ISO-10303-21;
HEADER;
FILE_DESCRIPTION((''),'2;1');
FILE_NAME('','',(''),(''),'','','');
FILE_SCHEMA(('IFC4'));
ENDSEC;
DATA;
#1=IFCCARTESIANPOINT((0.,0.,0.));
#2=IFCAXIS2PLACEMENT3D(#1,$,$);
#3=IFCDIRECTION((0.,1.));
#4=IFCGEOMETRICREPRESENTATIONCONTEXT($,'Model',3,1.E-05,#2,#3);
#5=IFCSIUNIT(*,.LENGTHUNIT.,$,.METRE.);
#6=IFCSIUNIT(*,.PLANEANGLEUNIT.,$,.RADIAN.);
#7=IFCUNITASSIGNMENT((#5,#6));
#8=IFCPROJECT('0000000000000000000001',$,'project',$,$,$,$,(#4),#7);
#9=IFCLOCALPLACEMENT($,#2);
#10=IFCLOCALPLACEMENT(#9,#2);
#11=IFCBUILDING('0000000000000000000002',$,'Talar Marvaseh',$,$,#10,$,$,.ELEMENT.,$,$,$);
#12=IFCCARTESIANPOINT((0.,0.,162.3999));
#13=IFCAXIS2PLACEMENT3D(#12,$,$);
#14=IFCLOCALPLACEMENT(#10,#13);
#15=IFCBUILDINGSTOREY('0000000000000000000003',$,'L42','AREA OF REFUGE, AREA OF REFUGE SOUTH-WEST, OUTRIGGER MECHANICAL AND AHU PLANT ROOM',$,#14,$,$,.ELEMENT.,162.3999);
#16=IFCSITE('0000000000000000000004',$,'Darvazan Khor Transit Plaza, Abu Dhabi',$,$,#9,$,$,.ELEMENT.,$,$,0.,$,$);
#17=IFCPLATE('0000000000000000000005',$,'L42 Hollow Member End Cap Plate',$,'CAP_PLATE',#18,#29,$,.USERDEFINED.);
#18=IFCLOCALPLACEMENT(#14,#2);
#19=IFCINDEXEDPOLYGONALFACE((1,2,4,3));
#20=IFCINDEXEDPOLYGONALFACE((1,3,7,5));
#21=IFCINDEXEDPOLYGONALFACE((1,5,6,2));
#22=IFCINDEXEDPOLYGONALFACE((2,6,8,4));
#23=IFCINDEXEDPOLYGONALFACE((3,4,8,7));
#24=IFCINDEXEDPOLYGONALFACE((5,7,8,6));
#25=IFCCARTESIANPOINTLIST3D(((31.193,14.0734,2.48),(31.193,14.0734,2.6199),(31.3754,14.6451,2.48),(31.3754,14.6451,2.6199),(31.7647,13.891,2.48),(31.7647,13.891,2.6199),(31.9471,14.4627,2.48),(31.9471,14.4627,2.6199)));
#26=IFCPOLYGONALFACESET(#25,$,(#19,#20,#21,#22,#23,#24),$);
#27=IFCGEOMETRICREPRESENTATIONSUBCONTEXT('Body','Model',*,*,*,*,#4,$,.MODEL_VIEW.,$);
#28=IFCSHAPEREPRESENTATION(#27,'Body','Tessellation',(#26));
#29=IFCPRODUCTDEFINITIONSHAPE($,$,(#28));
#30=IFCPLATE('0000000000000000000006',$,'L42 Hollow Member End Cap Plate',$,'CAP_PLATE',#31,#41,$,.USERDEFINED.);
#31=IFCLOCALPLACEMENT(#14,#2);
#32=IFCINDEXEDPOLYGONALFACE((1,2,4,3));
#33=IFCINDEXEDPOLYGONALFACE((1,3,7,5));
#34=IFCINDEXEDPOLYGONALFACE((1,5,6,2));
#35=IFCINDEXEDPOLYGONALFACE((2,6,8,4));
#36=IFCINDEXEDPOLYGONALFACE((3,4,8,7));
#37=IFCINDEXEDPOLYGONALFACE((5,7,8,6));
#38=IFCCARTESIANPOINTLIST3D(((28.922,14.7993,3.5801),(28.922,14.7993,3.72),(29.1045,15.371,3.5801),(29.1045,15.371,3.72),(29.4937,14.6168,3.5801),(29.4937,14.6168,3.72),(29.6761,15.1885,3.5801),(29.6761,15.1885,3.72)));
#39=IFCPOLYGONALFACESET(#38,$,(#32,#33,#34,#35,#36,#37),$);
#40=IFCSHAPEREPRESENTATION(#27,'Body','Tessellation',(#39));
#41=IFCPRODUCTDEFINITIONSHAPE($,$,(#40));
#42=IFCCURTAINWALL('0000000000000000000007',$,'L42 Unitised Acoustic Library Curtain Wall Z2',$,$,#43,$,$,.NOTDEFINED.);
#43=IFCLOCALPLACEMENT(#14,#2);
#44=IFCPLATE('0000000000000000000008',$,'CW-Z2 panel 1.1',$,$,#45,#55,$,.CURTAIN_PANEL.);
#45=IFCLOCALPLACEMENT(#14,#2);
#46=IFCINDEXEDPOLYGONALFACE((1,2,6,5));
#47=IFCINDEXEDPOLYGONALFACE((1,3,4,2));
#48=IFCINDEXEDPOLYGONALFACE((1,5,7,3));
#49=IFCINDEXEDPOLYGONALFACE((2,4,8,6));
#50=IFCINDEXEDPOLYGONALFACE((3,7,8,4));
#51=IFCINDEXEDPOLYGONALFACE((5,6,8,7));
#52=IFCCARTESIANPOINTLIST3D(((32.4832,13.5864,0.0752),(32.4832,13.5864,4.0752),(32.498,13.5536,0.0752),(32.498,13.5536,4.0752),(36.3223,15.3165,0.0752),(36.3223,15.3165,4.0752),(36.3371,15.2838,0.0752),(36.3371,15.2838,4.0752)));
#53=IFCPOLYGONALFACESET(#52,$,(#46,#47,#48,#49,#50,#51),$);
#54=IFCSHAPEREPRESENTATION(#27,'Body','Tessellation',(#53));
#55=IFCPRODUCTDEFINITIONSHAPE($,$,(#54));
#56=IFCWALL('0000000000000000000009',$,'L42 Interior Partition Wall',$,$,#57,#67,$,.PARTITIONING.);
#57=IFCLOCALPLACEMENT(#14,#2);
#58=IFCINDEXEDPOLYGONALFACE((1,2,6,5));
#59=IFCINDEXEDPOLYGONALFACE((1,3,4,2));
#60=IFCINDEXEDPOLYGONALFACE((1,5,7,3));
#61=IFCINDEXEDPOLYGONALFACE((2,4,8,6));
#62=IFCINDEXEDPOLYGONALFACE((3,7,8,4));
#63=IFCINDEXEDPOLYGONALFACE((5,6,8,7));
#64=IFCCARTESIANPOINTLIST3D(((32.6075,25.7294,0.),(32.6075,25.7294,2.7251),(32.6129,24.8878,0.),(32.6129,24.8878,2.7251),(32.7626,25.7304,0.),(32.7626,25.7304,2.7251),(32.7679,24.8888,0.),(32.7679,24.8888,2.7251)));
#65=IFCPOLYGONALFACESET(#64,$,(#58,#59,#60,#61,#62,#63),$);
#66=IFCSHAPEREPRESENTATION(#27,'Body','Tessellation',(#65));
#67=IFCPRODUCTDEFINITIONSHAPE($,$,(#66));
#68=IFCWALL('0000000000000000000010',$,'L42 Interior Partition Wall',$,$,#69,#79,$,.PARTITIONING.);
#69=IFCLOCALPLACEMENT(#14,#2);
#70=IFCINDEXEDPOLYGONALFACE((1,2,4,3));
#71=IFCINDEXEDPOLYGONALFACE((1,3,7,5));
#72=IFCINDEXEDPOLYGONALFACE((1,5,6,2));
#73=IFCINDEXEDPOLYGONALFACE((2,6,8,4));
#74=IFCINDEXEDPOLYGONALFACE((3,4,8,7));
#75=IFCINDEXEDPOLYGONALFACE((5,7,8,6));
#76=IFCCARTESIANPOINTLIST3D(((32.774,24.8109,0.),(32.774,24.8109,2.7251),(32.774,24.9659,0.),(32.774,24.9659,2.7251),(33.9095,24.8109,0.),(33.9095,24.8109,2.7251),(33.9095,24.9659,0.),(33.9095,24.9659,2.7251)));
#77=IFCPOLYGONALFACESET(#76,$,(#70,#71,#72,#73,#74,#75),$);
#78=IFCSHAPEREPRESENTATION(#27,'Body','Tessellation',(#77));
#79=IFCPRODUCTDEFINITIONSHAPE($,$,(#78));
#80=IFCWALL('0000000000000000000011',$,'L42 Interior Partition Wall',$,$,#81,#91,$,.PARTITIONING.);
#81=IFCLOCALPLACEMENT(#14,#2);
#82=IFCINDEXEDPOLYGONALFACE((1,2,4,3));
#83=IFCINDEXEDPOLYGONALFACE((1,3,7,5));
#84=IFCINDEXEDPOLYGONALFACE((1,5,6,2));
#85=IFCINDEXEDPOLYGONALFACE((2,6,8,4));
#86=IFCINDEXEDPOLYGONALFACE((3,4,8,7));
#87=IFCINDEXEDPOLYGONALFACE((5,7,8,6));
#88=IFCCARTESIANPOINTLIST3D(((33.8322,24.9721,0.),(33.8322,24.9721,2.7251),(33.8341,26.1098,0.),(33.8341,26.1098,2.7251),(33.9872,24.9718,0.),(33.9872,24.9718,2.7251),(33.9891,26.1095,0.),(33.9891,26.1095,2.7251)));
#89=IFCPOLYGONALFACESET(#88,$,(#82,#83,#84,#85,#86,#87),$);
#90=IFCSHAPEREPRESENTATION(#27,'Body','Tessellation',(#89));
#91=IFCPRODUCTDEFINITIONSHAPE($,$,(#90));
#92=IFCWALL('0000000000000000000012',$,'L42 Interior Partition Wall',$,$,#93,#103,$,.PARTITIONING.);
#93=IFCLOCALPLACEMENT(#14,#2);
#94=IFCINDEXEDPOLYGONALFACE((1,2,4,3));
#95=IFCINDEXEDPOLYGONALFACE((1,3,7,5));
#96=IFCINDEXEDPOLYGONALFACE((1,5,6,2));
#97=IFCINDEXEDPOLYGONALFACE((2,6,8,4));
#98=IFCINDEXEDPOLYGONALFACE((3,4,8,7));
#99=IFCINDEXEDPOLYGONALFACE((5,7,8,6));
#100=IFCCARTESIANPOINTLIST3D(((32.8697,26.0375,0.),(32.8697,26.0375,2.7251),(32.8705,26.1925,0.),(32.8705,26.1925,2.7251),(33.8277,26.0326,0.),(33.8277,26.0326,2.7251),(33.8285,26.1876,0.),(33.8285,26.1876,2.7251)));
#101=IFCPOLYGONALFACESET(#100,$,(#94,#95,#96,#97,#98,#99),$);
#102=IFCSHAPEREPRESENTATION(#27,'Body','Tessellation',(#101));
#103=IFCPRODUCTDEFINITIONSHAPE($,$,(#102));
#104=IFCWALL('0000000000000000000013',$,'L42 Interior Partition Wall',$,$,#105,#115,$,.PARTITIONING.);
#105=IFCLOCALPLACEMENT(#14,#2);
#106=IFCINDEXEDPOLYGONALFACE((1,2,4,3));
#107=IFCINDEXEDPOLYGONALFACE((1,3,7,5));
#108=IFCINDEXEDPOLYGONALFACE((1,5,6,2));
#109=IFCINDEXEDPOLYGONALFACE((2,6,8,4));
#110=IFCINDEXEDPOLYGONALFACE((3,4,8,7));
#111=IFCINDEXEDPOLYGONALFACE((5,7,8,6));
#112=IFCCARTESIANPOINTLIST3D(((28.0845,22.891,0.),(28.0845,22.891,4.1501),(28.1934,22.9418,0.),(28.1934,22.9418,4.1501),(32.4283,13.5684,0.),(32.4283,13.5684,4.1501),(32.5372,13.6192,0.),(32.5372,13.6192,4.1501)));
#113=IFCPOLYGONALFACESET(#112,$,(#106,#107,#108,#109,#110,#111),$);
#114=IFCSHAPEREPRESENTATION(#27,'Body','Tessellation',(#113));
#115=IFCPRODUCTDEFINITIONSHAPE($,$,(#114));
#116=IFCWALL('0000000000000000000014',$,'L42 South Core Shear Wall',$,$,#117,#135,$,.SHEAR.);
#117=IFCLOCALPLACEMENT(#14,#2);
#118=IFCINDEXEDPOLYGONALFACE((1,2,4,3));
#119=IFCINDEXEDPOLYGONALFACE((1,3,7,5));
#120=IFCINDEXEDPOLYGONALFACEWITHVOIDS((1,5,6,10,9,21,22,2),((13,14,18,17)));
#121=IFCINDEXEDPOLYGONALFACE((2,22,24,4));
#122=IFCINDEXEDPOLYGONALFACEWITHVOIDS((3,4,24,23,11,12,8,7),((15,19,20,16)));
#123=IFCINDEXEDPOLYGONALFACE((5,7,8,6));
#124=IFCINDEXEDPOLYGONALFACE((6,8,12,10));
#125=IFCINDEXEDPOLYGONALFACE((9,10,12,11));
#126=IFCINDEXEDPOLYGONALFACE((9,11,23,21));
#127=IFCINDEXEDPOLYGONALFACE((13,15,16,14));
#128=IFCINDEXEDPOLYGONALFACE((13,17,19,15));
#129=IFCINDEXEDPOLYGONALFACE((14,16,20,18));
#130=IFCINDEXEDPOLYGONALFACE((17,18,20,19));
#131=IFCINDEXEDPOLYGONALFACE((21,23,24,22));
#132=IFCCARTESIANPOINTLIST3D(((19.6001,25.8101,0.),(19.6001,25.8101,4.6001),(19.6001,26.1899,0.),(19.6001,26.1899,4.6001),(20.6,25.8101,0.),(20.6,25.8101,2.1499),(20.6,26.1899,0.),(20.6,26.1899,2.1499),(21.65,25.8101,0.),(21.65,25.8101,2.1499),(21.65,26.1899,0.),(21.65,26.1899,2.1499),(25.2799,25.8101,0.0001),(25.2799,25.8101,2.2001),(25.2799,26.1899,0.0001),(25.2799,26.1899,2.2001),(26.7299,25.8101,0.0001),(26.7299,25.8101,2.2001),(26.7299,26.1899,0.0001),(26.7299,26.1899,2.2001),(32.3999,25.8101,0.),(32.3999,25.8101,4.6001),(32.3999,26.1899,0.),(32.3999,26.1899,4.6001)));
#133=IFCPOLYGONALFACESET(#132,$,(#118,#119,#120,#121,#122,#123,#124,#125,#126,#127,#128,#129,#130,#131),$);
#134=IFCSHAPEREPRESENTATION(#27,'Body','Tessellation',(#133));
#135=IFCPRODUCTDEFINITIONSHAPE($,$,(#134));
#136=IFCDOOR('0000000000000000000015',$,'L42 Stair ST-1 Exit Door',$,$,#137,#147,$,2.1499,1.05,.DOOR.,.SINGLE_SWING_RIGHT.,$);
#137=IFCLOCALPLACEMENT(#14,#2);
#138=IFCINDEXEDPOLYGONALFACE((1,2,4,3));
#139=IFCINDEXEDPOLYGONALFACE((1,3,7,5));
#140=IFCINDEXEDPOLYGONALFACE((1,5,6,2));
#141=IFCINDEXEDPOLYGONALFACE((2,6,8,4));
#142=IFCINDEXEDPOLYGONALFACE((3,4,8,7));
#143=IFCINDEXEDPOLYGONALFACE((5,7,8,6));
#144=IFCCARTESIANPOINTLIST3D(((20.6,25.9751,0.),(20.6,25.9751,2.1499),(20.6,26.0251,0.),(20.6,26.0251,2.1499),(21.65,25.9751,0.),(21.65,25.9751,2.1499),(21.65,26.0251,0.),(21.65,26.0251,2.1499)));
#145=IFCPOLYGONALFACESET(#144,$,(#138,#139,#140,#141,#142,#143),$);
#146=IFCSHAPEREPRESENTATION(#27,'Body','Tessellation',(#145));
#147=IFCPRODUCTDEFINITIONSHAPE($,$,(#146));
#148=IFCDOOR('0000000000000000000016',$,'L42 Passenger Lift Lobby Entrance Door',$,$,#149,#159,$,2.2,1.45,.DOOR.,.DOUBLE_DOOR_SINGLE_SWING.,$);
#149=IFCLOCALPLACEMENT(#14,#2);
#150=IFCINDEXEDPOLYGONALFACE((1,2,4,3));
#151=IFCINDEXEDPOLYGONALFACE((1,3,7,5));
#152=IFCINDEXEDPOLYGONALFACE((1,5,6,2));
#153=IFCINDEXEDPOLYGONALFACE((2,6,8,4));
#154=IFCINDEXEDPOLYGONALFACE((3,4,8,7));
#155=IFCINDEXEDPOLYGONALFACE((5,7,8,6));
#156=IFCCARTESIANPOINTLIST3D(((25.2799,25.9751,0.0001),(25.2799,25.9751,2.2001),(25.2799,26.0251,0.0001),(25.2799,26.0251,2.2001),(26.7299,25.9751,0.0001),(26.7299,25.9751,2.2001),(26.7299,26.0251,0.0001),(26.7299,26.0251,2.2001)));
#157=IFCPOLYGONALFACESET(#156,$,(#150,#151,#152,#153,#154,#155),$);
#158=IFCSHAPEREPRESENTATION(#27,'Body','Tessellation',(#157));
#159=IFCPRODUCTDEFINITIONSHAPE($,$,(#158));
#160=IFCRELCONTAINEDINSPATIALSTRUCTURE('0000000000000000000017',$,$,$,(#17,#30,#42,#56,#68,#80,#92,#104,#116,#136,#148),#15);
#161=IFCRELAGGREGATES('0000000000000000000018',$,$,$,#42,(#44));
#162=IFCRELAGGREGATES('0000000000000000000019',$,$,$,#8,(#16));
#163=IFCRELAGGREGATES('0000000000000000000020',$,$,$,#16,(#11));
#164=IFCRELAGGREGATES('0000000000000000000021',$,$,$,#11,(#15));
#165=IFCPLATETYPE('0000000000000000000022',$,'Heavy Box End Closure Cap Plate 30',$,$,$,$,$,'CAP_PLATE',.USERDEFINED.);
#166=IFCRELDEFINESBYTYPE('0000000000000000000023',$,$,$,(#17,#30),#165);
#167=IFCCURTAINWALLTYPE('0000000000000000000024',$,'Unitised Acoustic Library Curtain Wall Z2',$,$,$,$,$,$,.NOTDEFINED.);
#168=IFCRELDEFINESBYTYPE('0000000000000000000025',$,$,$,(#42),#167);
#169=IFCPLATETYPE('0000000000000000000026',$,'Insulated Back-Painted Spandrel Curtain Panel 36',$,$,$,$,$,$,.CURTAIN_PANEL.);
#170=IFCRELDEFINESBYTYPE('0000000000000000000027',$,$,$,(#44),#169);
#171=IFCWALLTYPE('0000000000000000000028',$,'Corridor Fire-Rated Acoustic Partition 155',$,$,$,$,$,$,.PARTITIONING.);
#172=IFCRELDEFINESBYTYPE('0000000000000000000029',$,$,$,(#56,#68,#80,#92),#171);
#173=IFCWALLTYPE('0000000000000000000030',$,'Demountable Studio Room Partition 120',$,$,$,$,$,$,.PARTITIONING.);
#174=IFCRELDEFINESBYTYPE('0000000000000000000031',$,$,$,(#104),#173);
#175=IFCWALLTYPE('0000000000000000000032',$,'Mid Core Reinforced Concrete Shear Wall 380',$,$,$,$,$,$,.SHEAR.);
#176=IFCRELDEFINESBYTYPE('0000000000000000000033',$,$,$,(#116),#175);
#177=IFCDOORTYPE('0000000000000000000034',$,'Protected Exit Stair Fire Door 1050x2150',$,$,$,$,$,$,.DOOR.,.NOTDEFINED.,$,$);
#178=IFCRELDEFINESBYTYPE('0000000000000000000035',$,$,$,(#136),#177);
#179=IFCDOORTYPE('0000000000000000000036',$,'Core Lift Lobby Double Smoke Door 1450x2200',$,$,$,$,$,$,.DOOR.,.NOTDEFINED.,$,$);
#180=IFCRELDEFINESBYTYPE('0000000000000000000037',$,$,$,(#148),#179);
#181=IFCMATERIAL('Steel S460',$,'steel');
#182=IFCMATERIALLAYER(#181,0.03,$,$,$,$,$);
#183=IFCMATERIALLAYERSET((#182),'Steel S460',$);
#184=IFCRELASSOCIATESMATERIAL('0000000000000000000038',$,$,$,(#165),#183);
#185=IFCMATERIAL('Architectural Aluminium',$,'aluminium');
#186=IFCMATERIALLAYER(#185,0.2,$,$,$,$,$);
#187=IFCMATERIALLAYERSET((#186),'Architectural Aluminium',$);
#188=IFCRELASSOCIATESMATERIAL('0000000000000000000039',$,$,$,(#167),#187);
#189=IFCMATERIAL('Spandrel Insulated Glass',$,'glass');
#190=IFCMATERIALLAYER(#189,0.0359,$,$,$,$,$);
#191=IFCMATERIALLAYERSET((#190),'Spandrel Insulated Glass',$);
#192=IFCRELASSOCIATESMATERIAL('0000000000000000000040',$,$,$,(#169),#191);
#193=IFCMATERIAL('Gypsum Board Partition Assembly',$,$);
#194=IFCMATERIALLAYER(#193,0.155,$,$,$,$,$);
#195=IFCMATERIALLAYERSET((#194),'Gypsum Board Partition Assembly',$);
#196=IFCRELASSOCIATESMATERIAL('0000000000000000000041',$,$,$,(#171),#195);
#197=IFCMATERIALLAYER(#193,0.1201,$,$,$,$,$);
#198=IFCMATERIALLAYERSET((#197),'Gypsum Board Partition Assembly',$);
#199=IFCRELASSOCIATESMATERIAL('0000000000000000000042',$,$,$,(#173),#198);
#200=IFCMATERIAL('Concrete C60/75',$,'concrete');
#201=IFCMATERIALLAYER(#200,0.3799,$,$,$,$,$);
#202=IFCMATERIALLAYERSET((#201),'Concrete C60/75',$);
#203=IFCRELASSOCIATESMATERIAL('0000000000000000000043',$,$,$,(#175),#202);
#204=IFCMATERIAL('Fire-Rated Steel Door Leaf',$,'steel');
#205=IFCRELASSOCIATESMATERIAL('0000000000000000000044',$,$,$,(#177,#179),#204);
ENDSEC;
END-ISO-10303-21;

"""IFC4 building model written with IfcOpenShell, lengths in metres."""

from ifc_helpers import new_model, si_unit, direction, frame, frame_2d, origin, origin_2d, place, context, subcontext, project, spatial, rectangle, extrude, source, transform, mapped, material, layer, layer_set, type_object, type_shapes, element, fill, aggregate, save


model = new_model("IFC4")

# Units and contexts
model_context = context("Model", 3, precision=1e-05, world=origin(), true_north=direction((0.0, 1.0)))
body_context = subcontext(model_context, "Body", "Model", "MODEL_VIEW")
ifc_project = project(units=[si_unit("LENGTHUNIT", "METRE"), si_unit("PLANEANGLEUNIT", "RADIAN")], contexts=[model_context])

# Site, building, storey
site_placement = place(None, origin())
site = spatial("IfcSite", under=ifc_project, at=site_placement, Name="Darvazan Khor Transit Plaza, Abu Dhabi", CompositionType="ELEMENT", RefElevation=0.0)
building_placement = place(site_placement, origin())
building = spatial("IfcBuilding", under=site, at=building_placement, Name="Talar Marvaseh", CompositionType="ELEMENT")
storey_placement = place(building_placement, frame((0.0, 0.0, 162.3999)))
storey = spatial("IfcBuildingStorey", under=building, at=storey_placement, Name="L42", Description="AREA OF REFUGE, AREA OF REFUGE SOUTH-WEST, OUTRIGGER MECHANICAL AND AHU PLANT ROOM", CompositionType="ELEMENT", Elevation=162.3999)

# Shared definitions
ifc_material_1 = material(Name="Concrete C60/75", Category="concrete")

# Shared definitions
ifc_material_2 = material(Name="Steel S460", Category="steel")

# Plates
ifc_layer_1 = layer(ifc_material_2, 0.03)
ifc_layer_set_1 = layer_set([ifc_layer_1], Name="Steel S460")
plate_type_1 = type_object("IfcPlateType", Name="Heavy Box End Closure Cap Plate 30", ElementType="CAP_PLATE", PredefinedType="USERDEFINED", material=ifc_layer_set_1)
shared_shape_1 = source(origin(), body_context, "Body", "SweptSolid", [
    extrude(rectangle(XDim=0.6001, YDim=0.6001, at=origin_2d()), origin(), (0.0, 0.0, 1.0), 0.1399),
])
type_shapes(plate_type_1, [shared_shape_1])
for number, where, z_axis, x_axis, name in (
    (1, (31.5701, 14.2681, 2.48), (0.0, 0.0, 1.0), (-0.952661, 0.304033, 0.0), "L42 Hollow Member End Cap Plate"),
    (2, (29.2991, 14.9939, 3.5801), (0.0, 0.0, 1.0), (-0.952661, 0.304033, 0.0), "L42 Hollow Member End Cap Plate"),
):
    element("IfcPlate", number, at=place(storey_placement, frame(where, z_axis=z_axis, x_axis=x_axis)), inside=storey, type_object=plate_type_1, Name=name, ObjectType="CAP_PLATE", PredefinedType="USERDEFINED", context=body_context, shape_type="MappedRepresentation", body=[
        mapped(shared_shape_1, transform((0.0, 0.0, 0.0), x_axis=(1.0, 0.0, 0.0), y_axis=(0.0, 1.0, 0.0), z_axis=(0.0, 0.0, 1.0), scale=1.0)),
    ])

# Curtain wall, plate
ifc_material_3 = material(Name="Architectural Aluminium", Category="aluminium")
ifc_layer_2 = layer(ifc_material_3, 0.2)
ifc_layer_set_2 = layer_set([ifc_layer_2], Name="Architectural Aluminium")
curtain_wall_type = type_object("IfcCurtainWallType", Name="Unitised Acoustic Library Curtain Wall Z2", PredefinedType="NOTDEFINED", material=ifc_layer_set_2)
curtain_wall_placement = place(storey_placement, origin())
curtain_wall = element("IfcCurtainWall", 3, at=curtain_wall_placement, inside=storey, type_object=curtain_wall_type, Name="L42 Unitised Acoustic Library Curtain Wall Z2", PredefinedType="NOTDEFINED")
ifc_material_4 = material(Name="Spandrel Insulated Glass", Category="glass")
ifc_layer_3 = layer(ifc_material_4, 0.0359)
ifc_layer_set_3 = layer_set([ifc_layer_3], Name="Spandrel Insulated Glass")
plate_type_2 = type_object("IfcPlateType", Name="Insulated Back-Painted Spandrel Curtain Panel 36", PredefinedType="CURTAIN_PANEL", material=ifc_layer_set_3)
shared_shape_2 = source(origin(), body_context, "Body", "SweptSolid", [
    extrude(rectangle(XDim=4.2109, YDim=0.0359, at=origin_2d()), origin(), (0.0, 0.0, 1.0), 4.0),
])
type_shapes(plate_type_2, [shared_shape_2])
plate_1_placement = place(storey_placement, frame((34.4102, 14.4351, 0.0752), z_axis=(0.0, 0.0, 1.0), x_axis=(-0.911697, -0.410862, 0.0)))
plate_1 = element("IfcPlate", 4, at=plate_1_placement, type_object=plate_type_2, Name="CW-Z2 panel 1.1", PredefinedType="CURTAIN_PANEL", context=body_context, shape_type="MappedRepresentation", body=[
    mapped(shared_shape_2, transform((0.0, 0.0, 0.0), x_axis=(1.0, 0.0, 0.0), y_axis=(0.0, 1.0, 0.0), z_axis=(0.0, 0.0, 1.0), scale=1.0)),
])
aggregate(curtain_wall, [plate_1])

# Walls
ifc_material_5 = material(Name="Gypsum Board Partition Assembly")
ifc_layer_4 = layer(ifc_material_5, 0.155)
ifc_layer_set_4 = layer_set([ifc_layer_4], Name="Gypsum Board Partition Assembly")
wall_type_1 = type_object("IfcWallType", Name="Corridor Fire-Rated Acoustic Partition 155", PredefinedType="PARTITIONING", material=ifc_layer_set_4)
wall_1_placement = place(storey_placement, frame((32.6851, 25.73, 0.0), z_axis=(0.0, 0.0, 1.0), x_axis=(0.006382, -0.99998, 0.0)))
element("IfcWall", 5, at=wall_1_placement, inside=storey, type_object=wall_type_1, Name="L42 Interior Partition Wall", PredefinedType="PARTITIONING", context=body_context, shape_type="SweptSolid", body=[
    extrude(rectangle(XDim=0.8416, YDim=0.155, at=frame_2d((0.4209, 0.0))), origin(), (0.0, 0.0, 1.0), 2.7251),
])
wall_2_placement = place(storey_placement, frame((32.7739, 24.8884, 0.0), z_axis=(0.0, 0.0, 1.0), x_axis=(1.0, 0.0, 0.0)))
element("IfcWall", 6, at=wall_2_placement, inside=storey, type_object=wall_type_1, Name="L42 Interior Partition Wall", PredefinedType="PARTITIONING", context=body_context, shape_type="SweptSolid", body=[
    extrude(rectangle(XDim=1.1355, YDim=0.155, at=frame_2d((0.5679, 0.0))), origin(), (0.0, 0.0, 1.0), 2.7251),
])
wall_3_placement = place(storey_placement, frame((33.9097, 24.9719, 0.0), z_axis=(0.0, 0.0, 1.0), x_axis=(0.001717, 0.999999, 0.0)))
element("IfcWall", 7, at=wall_3_placement, inside=storey, type_object=wall_type_1, Name="L42 Interior Partition Wall", PredefinedType="PARTITIONING", context=body_context, shape_type="SweptSolid", body=[
    extrude(rectangle(XDim=1.1377, YDim=0.155, at=frame_2d((0.5688, 0.0))), origin(), (0.0, 0.0, 1.0), 2.7251),
])
wall_4_placement = place(storey_placement, frame((33.8281, 26.1101, 0.0), z_axis=(0.0, 0.0, 1.0), x_axis=(-0.999987, 0.005097, 0.0)))
element("IfcWall", 8, at=wall_4_placement, inside=storey, type_object=wall_type_1, Name="L42 Interior Partition Wall", PredefinedType="PARTITIONING", context=body_context, shape_type="SweptSolid", body=[
    extrude(rectangle(XDim=0.958, YDim=0.155, at=frame_2d((0.479, 0.0))), origin(), (0.0, 0.0, 1.0), 2.7251),
])
ifc_layer_5 = layer(ifc_material_5, 0.1201)
ifc_layer_set_5 = layer_set([ifc_layer_5], Name="Gypsum Board Partition Assembly")
wall_type_2 = type_object("IfcWallType", Name="Demountable Studio Room Partition 120", PredefinedType="PARTITIONING", material=ifc_layer_set_5)
wall_5_placement = place(storey_placement, frame((28.1389, 22.9165, 0.0), z_axis=(0.0, 0.0, 1.0), x_axis=(0.422346, -0.906435, 0.0)))
element("IfcWall", 9, at=wall_5_placement, inside=storey, type_object=wall_type_2, Name="L42 Interior Partition Wall", PredefinedType="PARTITIONING", context=body_context, shape_type="SweptSolid", body=[
    extrude(rectangle(XDim=10.2849, YDim=0.1201, at=frame_2d((5.1426, 0.0))), origin(), (0.0, 0.0, 1.0), 4.1501),
])

# Wall, openings, doors
ifc_layer_6 = layer(ifc_material_1, 0.3799)
ifc_layer_set_6 = layer_set([ifc_layer_6], Name="Concrete C60/75")
wall_type_3 = type_object("IfcWallType", Name="Mid Core Reinforced Concrete Shear Wall 380", PredefinedType="SHEAR", material=ifc_layer_set_6)
wall_6_placement = place(storey_placement, frame((32.3999, 26.0, 0.0), z_axis=(0.0, 0.0, 1.0), x_axis=(-1.0, 0.0, 0.0)))
wall_6 = element("IfcWall", 10, at=wall_6_placement, inside=storey, type_object=wall_type_3, Name="L42 South Core Shear Wall", PredefinedType="SHEAR", context=body_context, shape_type="SweptSolid", body=[
    extrude(rectangle(XDim=12.7998, YDim=0.3799, at=frame_2d((6.3999, 0.0))), origin(), (0.0, 0.0, 1.0), 4.6001),
])
opening_1_placement = place(wall_6_placement, frame((10.75, 0.0, 0.0)))
opening_1 = element("IfcOpeningElement", 11, at=opening_1_placement, cuts=wall_6, PredefinedType="OPENING", context=body_context, shape_type="SweptSolid", body=[
    extrude(rectangle(XDim=1.05, YDim=2.1499, at=frame_2d((0.5249, 1.075))), frame((0.0, 0.2, 0.0), z_axis=(0.0, -1.0, 0.0), x_axis=(1.0, 0.0, 0.0)), (0.0, 0.0, 1.0), 0.3999),
])
opening_2_placement = place(wall_6_placement, frame((5.6699, 0.0, 0.0)))
opening_2 = element("IfcOpeningElement", 12, at=opening_2_placement, cuts=wall_6, PredefinedType="OPENING", context=body_context, shape_type="SweptSolid", body=[
    extrude(rectangle(XDim=1.45, YDim=2.2, at=frame_2d((0.7251, 1.1001))), frame((0.0, 0.2, 0.0), z_axis=(0.0, -1.0, 0.0), x_axis=(1.0, 0.0, 0.0)), (0.0, 0.0, 1.0), 0.3999),
])
ifc_material_6 = material(Name="Fire-Rated Steel Door Leaf", Category="steel")
door_type_1 = type_object("IfcDoorType", Name="Protected Exit Stair Fire Door 1050x2150", OperationType="NOTDEFINED", PredefinedType="DOOR", material=ifc_material_6)
shared_shape_3 = source(origin(), body_context, "Body", "SweptSolid", [
    extrude(rectangle(XDim=1.05, YDim=2.1499, at=frame_2d((0.5249, 1.075))), frame((0.0, 0.0249, 0.0), z_axis=(0.0, -1.0, 0.0), x_axis=(1.0, 0.0, 0.0)), (0.0, 0.0, 1.0), 0.05),
])
type_shapes(door_type_1, [shared_shape_3])
door_1_placement = place(opening_1_placement, origin())
door_1 = element("IfcDoor", 13, at=door_1_placement, inside=storey, type_object=door_type_1, Name="L42 Stair ST-1 Exit Door", OperationType="SINGLE_SWING_RIGHT", OverallHeight=2.1499, OverallWidth=1.05, PredefinedType="DOOR", context=body_context, shape_type="MappedRepresentation", body=[
    mapped(shared_shape_3, transform((0.0, 0.0, 0.0), x_axis=(1.0, 0.0, 0.0), y_axis=(0.0, 1.0, 0.0), z_axis=(0.0, 0.0, 1.0), scale=1.0)),
])
fill(opening_1, door_1)
door_type_2 = type_object("IfcDoorType", Name="Core Lift Lobby Double Smoke Door 1450x2200", OperationType="NOTDEFINED", PredefinedType="DOOR", material=ifc_material_6)
shared_shape_4 = source(origin(), body_context, "Body", "SweptSolid", [
    extrude(rectangle(XDim=1.45, YDim=2.2, at=frame_2d((0.7251, 1.1001))), frame((0.0, 0.0249, 0.0), z_axis=(0.0, -1.0, 0.0), x_axis=(1.0, 0.0, 0.0)), (0.0, 0.0, 1.0), 0.05),
])
type_shapes(door_type_2, [shared_shape_4])
door_2_placement = place(opening_2_placement, origin())
door_2 = element("IfcDoor", 14, at=door_2_placement, inside=storey, type_object=door_type_2, Name="L42 Passenger Lift Lobby Entrance Door", OperationType="DOUBLE_DOOR_SINGLE_SWING", OverallHeight=2.2, OverallWidth=1.45, PredefinedType="DOOR", context=body_context, shape_type="MappedRepresentation", body=[
    mapped(shared_shape_4, transform((0.0, 0.0, 0.0), x_axis=(1.0, 0.0, 0.0), y_axis=(0.0, 1.0, 0.0), z_axis=(0.0, 0.0, 1.0), scale=1.0)),
])
fill(opening_2, door_2)

save(model, "model.ifc")
